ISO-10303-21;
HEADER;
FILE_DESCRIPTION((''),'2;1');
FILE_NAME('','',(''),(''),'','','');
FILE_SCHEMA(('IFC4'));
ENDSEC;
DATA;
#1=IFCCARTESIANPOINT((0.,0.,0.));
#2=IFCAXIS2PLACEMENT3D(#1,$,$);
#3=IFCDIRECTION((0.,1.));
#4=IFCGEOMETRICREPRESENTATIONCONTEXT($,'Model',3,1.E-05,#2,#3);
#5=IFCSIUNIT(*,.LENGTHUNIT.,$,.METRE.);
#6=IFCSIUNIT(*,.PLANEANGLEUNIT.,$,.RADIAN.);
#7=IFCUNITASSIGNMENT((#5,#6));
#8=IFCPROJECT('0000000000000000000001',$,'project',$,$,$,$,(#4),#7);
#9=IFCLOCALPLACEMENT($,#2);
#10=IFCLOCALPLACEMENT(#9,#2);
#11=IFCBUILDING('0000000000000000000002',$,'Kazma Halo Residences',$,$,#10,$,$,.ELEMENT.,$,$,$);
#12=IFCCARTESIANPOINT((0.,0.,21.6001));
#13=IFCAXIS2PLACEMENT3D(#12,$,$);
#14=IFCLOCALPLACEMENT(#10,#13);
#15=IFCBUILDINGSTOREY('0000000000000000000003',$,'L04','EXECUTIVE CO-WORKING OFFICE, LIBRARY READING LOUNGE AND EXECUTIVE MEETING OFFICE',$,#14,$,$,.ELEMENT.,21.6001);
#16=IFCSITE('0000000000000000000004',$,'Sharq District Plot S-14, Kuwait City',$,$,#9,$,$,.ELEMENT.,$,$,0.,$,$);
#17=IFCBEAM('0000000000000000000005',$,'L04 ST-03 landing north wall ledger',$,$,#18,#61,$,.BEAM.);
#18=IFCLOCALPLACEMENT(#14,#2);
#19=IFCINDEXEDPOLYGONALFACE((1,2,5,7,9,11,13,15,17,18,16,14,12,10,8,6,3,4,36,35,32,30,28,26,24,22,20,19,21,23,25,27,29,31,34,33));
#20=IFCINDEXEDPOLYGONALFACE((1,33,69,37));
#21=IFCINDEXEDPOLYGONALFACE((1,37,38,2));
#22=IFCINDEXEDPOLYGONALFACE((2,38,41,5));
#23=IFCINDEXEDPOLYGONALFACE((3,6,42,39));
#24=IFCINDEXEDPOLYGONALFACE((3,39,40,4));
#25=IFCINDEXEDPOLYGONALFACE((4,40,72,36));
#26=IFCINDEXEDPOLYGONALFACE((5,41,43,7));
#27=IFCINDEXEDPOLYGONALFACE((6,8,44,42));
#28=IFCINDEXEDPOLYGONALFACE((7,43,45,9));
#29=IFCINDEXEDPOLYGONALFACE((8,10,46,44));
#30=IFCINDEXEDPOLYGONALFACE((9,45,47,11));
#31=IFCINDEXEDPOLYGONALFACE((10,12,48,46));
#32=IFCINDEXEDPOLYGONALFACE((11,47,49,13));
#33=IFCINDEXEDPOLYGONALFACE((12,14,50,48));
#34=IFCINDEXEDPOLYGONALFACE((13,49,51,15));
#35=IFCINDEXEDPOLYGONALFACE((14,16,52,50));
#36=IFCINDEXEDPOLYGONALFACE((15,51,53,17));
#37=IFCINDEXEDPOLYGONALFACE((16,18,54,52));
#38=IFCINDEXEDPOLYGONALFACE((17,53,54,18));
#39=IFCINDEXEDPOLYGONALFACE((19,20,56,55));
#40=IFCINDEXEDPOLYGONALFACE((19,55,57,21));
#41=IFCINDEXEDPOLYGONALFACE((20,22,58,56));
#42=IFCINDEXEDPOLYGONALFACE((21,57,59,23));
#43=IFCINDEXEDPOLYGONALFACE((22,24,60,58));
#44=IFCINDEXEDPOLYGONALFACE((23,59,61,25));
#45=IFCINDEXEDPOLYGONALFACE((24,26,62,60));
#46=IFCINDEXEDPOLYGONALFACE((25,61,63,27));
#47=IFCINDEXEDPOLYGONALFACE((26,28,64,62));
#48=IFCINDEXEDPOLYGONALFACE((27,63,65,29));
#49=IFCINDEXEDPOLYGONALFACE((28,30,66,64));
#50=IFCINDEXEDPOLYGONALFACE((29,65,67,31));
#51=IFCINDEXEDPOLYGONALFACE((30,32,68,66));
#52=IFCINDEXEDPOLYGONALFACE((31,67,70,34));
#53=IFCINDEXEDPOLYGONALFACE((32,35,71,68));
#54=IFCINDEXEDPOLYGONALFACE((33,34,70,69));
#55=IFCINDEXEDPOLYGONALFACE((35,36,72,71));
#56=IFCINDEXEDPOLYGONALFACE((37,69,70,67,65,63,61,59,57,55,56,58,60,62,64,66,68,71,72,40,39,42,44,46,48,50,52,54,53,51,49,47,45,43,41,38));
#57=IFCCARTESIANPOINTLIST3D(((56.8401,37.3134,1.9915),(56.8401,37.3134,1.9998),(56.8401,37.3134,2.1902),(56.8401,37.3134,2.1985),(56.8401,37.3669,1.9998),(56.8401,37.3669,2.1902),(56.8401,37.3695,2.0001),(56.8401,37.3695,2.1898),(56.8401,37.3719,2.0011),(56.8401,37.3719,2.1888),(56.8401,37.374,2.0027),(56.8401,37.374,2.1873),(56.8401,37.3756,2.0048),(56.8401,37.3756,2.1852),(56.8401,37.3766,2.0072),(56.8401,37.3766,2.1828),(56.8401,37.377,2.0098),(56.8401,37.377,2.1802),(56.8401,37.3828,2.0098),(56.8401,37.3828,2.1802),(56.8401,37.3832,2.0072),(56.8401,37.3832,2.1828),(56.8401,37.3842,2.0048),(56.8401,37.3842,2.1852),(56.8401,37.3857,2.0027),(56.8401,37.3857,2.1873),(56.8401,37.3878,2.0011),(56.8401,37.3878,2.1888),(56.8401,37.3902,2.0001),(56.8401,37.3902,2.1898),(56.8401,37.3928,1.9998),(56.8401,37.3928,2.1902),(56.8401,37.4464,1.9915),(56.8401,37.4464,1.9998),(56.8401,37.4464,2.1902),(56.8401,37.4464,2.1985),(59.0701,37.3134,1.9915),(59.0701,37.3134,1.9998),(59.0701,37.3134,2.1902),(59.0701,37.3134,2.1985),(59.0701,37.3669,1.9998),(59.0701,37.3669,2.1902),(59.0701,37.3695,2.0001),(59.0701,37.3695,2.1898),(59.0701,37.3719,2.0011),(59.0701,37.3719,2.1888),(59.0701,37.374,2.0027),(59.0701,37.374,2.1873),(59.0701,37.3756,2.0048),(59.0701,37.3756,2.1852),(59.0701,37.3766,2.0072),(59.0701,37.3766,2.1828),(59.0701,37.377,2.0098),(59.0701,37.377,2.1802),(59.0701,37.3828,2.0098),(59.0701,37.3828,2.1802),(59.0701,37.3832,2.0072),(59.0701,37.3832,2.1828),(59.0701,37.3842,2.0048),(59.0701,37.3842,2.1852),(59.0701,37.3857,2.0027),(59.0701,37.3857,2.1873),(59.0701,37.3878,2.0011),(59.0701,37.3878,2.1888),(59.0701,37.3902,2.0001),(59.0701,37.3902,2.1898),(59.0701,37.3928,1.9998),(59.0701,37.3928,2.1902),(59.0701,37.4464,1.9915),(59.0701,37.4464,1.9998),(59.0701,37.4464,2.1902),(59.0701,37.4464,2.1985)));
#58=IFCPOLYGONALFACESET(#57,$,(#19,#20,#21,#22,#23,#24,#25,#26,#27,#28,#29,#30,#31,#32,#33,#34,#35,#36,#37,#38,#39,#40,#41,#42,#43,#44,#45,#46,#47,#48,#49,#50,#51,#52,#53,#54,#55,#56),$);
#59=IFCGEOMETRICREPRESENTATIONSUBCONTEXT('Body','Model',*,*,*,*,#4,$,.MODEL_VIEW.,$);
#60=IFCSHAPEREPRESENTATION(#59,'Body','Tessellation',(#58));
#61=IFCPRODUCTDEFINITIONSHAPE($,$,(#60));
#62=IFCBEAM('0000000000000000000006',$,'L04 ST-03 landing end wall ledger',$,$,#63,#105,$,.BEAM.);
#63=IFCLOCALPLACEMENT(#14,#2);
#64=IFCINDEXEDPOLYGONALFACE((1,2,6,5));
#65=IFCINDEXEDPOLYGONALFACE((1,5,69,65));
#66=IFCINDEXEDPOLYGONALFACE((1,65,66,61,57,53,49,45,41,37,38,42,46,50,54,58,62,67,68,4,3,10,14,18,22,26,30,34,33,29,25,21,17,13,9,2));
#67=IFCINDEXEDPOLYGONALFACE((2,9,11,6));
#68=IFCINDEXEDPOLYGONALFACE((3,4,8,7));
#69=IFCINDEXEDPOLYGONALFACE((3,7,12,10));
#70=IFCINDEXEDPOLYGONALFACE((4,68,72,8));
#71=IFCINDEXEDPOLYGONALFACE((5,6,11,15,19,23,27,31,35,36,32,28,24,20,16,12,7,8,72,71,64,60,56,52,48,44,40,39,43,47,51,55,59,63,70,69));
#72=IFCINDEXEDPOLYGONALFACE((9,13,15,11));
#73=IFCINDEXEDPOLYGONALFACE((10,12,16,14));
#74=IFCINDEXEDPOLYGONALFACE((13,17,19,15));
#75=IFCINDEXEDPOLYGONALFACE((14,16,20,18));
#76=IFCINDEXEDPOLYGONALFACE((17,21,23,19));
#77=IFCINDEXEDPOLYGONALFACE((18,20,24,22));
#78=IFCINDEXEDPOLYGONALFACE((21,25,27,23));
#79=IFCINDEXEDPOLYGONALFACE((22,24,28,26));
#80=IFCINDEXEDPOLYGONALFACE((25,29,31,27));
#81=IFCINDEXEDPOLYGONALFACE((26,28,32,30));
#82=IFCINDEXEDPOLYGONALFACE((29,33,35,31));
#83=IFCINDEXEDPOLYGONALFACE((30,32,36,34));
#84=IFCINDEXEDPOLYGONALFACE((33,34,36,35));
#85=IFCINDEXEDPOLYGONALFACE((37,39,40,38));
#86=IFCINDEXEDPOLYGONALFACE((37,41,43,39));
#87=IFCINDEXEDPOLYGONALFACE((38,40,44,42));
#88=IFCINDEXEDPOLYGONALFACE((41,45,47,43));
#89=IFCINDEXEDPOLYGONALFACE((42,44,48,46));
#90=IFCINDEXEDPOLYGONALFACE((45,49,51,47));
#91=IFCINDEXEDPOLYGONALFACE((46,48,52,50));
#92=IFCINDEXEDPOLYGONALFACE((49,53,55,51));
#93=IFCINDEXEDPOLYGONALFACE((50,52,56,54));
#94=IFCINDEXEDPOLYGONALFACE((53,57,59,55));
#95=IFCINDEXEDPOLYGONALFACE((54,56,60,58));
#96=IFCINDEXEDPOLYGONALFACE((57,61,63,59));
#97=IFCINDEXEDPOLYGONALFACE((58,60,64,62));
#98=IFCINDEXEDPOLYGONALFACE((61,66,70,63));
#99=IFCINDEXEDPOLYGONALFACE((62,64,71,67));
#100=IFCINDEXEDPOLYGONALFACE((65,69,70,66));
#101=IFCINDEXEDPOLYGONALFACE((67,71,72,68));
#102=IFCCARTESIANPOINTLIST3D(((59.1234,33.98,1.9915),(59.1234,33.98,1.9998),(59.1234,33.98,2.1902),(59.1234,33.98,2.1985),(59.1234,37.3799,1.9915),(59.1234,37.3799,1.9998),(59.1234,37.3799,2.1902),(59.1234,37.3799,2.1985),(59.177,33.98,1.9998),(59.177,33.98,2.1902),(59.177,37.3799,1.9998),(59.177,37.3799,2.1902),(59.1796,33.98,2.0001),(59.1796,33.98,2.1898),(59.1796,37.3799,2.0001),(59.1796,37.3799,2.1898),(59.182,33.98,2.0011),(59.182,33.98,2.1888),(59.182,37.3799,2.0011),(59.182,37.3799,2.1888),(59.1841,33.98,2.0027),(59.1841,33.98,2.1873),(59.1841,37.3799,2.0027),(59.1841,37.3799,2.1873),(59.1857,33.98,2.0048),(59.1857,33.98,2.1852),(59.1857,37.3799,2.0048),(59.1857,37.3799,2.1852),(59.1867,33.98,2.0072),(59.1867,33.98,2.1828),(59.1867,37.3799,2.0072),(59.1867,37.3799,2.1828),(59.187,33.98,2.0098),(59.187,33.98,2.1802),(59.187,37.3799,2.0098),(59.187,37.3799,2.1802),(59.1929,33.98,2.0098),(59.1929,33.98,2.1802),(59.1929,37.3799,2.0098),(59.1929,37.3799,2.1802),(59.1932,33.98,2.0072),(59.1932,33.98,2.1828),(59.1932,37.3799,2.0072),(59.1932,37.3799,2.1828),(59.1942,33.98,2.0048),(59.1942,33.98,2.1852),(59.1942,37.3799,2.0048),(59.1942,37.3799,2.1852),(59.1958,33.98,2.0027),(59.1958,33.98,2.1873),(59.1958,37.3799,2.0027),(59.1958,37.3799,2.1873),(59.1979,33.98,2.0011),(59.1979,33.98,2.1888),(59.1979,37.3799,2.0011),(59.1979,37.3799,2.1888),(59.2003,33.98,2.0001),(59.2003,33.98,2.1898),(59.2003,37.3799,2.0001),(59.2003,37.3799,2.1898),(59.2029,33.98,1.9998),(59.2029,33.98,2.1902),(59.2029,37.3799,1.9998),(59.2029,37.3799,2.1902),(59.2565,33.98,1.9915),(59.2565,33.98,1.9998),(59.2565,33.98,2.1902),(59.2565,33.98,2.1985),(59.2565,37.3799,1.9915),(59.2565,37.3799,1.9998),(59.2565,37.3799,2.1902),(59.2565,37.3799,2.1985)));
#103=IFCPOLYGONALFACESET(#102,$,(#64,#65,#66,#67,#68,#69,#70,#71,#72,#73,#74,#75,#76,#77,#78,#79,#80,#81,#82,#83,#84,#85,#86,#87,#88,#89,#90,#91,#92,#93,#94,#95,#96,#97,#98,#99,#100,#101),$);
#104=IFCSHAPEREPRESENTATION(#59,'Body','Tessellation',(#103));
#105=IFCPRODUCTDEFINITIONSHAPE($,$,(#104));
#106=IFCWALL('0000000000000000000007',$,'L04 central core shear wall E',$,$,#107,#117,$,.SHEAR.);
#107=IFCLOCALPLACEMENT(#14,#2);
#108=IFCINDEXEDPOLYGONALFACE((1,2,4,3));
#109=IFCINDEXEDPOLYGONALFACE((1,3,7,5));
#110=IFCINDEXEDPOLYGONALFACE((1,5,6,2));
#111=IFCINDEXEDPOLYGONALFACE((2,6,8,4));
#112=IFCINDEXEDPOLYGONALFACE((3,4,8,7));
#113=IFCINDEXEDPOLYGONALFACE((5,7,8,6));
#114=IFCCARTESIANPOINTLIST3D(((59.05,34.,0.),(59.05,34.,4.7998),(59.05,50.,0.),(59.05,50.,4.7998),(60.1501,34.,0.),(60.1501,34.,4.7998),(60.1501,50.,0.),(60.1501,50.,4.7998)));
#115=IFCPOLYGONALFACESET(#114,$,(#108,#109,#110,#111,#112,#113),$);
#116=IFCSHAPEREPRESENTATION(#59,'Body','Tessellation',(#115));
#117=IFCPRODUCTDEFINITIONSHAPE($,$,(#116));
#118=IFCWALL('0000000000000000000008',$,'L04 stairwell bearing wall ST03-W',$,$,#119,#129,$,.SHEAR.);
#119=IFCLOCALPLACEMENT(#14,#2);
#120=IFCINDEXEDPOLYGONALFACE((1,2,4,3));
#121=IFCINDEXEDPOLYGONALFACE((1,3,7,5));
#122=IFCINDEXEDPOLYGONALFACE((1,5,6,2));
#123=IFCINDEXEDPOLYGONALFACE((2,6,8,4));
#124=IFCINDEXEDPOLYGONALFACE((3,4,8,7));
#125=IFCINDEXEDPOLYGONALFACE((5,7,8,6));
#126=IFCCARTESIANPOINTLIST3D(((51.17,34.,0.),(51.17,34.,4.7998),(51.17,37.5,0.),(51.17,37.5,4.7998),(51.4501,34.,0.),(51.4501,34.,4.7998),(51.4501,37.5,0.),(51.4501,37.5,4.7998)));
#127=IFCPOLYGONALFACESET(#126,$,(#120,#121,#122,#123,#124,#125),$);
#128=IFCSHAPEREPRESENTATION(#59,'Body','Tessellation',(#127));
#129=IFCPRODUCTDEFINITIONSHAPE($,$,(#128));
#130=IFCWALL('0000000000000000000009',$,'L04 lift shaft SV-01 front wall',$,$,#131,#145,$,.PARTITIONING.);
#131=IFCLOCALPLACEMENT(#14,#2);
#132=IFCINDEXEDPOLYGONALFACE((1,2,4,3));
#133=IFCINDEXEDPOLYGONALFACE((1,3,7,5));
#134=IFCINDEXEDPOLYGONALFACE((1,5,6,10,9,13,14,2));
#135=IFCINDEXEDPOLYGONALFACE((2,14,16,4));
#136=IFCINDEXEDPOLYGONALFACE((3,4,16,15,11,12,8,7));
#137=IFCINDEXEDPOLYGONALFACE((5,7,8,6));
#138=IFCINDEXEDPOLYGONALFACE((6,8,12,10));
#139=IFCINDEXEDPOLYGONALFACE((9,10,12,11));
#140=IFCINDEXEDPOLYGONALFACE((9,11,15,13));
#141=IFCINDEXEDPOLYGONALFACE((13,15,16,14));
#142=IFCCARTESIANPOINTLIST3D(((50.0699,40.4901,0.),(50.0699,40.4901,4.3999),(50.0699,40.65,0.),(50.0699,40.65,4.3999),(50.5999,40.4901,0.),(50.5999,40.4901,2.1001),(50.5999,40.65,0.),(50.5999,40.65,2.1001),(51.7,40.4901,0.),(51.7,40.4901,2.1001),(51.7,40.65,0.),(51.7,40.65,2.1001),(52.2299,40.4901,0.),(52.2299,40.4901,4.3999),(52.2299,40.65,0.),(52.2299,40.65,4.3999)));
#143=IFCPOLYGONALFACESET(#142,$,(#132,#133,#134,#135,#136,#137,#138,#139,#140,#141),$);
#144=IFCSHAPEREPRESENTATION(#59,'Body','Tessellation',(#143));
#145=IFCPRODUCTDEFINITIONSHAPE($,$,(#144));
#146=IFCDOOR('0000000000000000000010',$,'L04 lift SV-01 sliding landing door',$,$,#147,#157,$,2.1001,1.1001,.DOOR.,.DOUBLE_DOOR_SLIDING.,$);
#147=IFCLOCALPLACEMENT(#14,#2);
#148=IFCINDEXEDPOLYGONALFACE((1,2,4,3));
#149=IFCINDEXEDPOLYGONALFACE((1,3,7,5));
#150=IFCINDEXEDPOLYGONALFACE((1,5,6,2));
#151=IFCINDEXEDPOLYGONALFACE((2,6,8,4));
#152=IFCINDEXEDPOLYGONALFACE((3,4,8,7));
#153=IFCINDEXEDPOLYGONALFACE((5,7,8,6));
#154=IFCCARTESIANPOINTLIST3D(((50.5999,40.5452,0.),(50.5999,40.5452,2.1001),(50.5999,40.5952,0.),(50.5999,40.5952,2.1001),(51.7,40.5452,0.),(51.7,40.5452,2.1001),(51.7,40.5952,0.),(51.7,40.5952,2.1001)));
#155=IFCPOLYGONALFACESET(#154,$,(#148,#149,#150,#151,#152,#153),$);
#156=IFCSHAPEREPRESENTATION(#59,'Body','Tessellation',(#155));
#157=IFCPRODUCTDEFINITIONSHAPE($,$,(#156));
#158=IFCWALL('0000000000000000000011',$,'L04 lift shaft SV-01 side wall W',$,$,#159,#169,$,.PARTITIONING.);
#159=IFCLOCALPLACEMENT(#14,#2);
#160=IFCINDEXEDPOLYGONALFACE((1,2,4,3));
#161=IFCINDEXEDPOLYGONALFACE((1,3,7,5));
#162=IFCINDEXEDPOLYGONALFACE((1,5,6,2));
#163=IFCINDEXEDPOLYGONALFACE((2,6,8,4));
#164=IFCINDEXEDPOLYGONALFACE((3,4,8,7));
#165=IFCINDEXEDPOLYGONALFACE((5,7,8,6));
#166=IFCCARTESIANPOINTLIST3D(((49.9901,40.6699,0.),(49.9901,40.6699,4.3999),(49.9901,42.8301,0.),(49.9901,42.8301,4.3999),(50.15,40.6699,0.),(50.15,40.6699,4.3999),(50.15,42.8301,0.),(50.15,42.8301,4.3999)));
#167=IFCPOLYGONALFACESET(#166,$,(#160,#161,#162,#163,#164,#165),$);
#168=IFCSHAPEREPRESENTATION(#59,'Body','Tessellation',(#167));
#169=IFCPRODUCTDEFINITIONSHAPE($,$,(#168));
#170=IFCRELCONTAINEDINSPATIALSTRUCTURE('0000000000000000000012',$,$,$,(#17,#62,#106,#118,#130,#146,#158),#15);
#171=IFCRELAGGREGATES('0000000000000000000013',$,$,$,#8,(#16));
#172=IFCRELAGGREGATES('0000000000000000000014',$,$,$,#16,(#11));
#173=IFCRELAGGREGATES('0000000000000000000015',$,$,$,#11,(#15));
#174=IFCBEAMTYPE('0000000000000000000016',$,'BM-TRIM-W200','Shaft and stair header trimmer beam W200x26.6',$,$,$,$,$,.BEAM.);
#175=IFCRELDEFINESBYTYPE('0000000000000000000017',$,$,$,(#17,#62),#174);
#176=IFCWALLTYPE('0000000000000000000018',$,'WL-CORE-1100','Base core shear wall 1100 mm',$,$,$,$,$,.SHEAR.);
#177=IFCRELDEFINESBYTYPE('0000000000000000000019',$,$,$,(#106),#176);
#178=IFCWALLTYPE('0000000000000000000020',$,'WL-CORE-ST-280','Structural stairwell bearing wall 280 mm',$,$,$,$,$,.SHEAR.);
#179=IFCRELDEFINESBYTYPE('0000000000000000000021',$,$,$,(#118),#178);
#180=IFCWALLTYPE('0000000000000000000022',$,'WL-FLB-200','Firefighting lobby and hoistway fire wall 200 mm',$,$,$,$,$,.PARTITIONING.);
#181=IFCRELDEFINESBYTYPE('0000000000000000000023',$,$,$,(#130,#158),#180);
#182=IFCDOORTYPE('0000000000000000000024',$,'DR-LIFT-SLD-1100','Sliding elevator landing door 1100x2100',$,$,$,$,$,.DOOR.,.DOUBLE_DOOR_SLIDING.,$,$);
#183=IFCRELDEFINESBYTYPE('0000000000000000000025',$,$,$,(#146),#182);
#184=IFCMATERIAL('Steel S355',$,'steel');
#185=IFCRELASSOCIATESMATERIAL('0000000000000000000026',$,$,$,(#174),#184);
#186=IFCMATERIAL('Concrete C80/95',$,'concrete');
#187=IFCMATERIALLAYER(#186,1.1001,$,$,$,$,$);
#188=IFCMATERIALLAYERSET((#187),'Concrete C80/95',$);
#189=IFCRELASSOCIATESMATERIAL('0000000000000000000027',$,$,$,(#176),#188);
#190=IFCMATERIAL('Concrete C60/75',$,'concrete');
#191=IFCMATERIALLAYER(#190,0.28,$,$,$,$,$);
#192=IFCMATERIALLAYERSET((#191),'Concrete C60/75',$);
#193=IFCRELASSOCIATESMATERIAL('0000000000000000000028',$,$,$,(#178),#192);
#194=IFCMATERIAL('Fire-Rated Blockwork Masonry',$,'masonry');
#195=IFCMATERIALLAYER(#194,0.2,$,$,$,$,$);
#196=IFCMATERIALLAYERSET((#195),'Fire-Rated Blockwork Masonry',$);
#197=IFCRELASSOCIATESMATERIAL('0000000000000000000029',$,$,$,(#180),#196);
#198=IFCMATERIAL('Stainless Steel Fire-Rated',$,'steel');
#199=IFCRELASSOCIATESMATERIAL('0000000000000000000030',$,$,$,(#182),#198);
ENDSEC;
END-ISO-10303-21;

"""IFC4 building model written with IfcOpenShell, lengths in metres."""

from ifc_helpers import new_model, si_unit, direction, frame, frame_2d, origin, origin_2d, place, context, subcontext, project, spatial, rectangle, i_section, extrude, material, layer, layer_set, material_profile, profile_set, type_object, element, fill, save


model = new_model("IFC4")

# Units and contexts
model_context = context("Model", 3, precision=1e-05, world=origin(), true_north=direction((0.0, 1.0)))
body_context = subcontext(model_context, "Body", "Model", "MODEL_VIEW")
ifc_project = project(units=[si_unit("LENGTHUNIT", "METRE"), si_unit("PLANEANGLEUNIT", "RADIAN")], contexts=[model_context])

# Site, building, storey
site_placement = place(None, origin())
site = spatial("IfcSite", under=ifc_project, at=site_placement, Name="Sharq District Plot S-14, Kuwait City", CompositionType="ELEMENT", RefElevation=0.0)
building_placement = place(site_placement, origin())
building = spatial("IfcBuilding", under=site, at=building_placement, Name="Kazma Halo Residences", CompositionType="ELEMENT")
storey_placement = place(building_placement, frame((0.0, 0.0, 21.6001)))
storey = spatial("IfcBuildingStorey", under=building, at=storey_placement, Name="L04", Description="EXECUTIVE CO-WORKING OFFICE, LIBRARY READING LOUNGE AND EXECUTIVE MEETING OFFICE", CompositionType="ELEMENT", Elevation=21.6001)

# Shared definitions
ifc_material_1 = material(Name="Steel S355", Category="steel")

# Beams
ifc_material_profile_1 = material_profile(ifc_material_1, i_section(OverallWidth=0.1331, OverallDepth=0.207, WebThickness=0.0059, FlangeThickness=0.0083, FilletRadius=0.01, at=origin_2d()), Name="W200x26.6")
ifc_profile_set_1 = profile_set([ifc_material_profile_1], Name="Steel S355")
beam_type_1 = type_object("IfcBeamType", Name="BM-TRIM-W200", Description="Shaft and stair header trimmer beam W200x26.6", PredefinedType="BEAM", material=ifc_profile_set_1)
beam_1_placement = place(storey_placement, frame((56.8401, 37.3799, 2.095), z_axis=(1.0, 0.0, 0.0), x_axis=(0.0, 1.0, 0.0)))
element("IfcBeam", 1, at=beam_1_placement, inside=storey, type_object=beam_type_1, Name="L04 ST-03 landing north wall ledger", PredefinedType="BEAM", context=body_context, shape_type="SweptSolid", body=[
    extrude(i_section(OverallWidth=0.1331, OverallDepth=0.207, WebThickness=0.0059, FlangeThickness=0.0083, FilletRadius=0.01, at=origin_2d()), origin(), (0.0, 0.0, 1.0), 2.23),
])
beam_2_placement = place(storey_placement, frame((59.1899, 33.98, 2.095), z_axis=(0.0, 1.0, 0.0), x_axis=(-1.0, 0.0, 0.0)))
element("IfcBeam", 2, at=beam_2_placement, inside=storey, type_object=beam_type_1, Name="L04 ST-03 landing end wall ledger", PredefinedType="BEAM", context=body_context, shape_type="SweptSolid", body=[
    extrude(i_section(OverallWidth=0.1331, OverallDepth=0.207, WebThickness=0.0059, FlangeThickness=0.0083, FilletRadius=0.01, at=origin_2d()), origin(), (0.0, 0.0, 1.0), 3.3999),
])

# Walls
ifc_material_2 = material(Name="Concrete C80/95", Category="concrete")
ifc_layer_1 = layer(ifc_material_2, 1.1001)
ifc_layer_set_1 = layer_set([ifc_layer_1], Name="Concrete C80/95")
wall_type_1 = type_object("IfcWallType", Name="WL-CORE-1100", Description="Base core shear wall 1100 mm", PredefinedType="SHEAR", material=ifc_layer_set_1)
wall_1_placement = place(storey_placement, frame((59.6001, 34.0, 0.0), z_axis=(0.0, 0.0, 1.0), x_axis=(0.0, 1.0, 0.0)))
element("IfcWall", 3, at=wall_1_placement, inside=storey, type_object=wall_type_1, Name="L04 central core shear wall E", PredefinedType="SHEAR", context=body_context, shape_type="SweptSolid", body=[
    extrude(rectangle(XDim=16.0, YDim=1.1001, at=frame_2d((8.0, 0.0))), origin(), (0.0, 0.0, 1.0), 4.7998),
])
ifc_material_3 = material(Name="Concrete C60/75", Category="concrete")
ifc_layer_2 = layer(ifc_material_3, 0.28)
ifc_layer_set_2 = layer_set([ifc_layer_2], Name="Concrete C60/75")
wall_type_2 = type_object("IfcWallType", Name="WL-CORE-ST-280", Description="Structural stairwell bearing wall 280 mm", PredefinedType="SHEAR", material=ifc_layer_set_2)
wall_2_placement = place(storey_placement, frame((51.3101, 34.0, 0.0), z_axis=(0.0, 0.0, 1.0), x_axis=(0.0, 1.0, 0.0)))
element("IfcWall", 4, at=wall_2_placement, inside=storey, type_object=wall_type_2, Name="L04 stairwell bearing wall ST03-W", PredefinedType="SHEAR", context=body_context, shape_type="SweptSolid", body=[
    extrude(rectangle(XDim=3.5, YDim=0.28, at=frame_2d((1.75, 0.0))), origin(), (0.0, 0.0, 1.0), 4.7998),
])

# Wall, opening, door
ifc_material_4 = material(Name="Fire-Rated Blockwork Masonry", Category="masonry")
ifc_layer_3 = layer(ifc_material_4, 0.2)
ifc_layer_set_3 = layer_set([ifc_layer_3], Name="Fire-Rated Blockwork Masonry")
wall_type_3 = type_object("IfcWallType", Name="WL-FLB-200", Description="Firefighting lobby and hoistway fire wall 200 mm", PredefinedType="PARTITIONING", material=ifc_layer_set_3)
wall_3_placement = place(storey_placement, frame((52.23, 40.5701, 0.0), z_axis=(0.0, 0.0, 1.0), x_axis=(-1.0, 0.0, 0.0)))
wall_3 = element("IfcWall", 5, at=wall_3_placement, inside=storey, type_object=wall_type_3, Name="L04 lift shaft SV-01 front wall", PredefinedType="PARTITIONING", context=body_context, shape_type="SweptSolid", body=[
    extrude(rectangle(XDim=2.1599, YDim=0.1599, at=frame_2d((1.0801, 0.0))), origin(), (0.0, 0.0, 1.0), 4.3999),
])
opening_1_placement = place(wall_3_placement, frame((0.53, 0.0, 0.0)))
opening_1 = element("IfcOpeningElement", 6, at=opening_1_placement, cuts=wall_3, PredefinedType="OPENING", context=body_context, shape_type="SweptSolid", body=[
    extrude(rectangle(XDim=1.1001, YDim=2.1001, at=frame_2d((0.55, 1.05))), frame((0.0, 0.0898, 0.0), z_axis=(0.0, -1.0, 0.0), x_axis=(1.0, 0.0, 0.0)), (0.0, 0.0, 1.0), 0.1799),
])
ifc_material_5 = material(Name="Stainless Steel Fire-Rated", Category="steel")
door_type_1 = type_object("IfcDoorType", Name="DR-LIFT-SLD-1100", Description="Sliding elevator landing door 1100x2100", OperationType="DOUBLE_DOOR_SLIDING", PredefinedType="DOOR", material=ifc_material_5)
door_1_placement = place(opening_1_placement, origin())
door_1 = element("IfcDoor", 7, at=door_1_placement, inside=storey, type_object=door_type_1, Name="L04 lift SV-01 sliding landing door", OperationType="DOUBLE_DOOR_SLIDING", OverallHeight=2.1001, OverallWidth=1.1001, PredefinedType="DOOR", context=body_context, shape_type="SweptSolid", body=[
    extrude(rectangle(XDim=1.1001, YDim=2.1001, at=frame_2d((0.55, 1.05))), frame((0.0, 0.0249, 0.0), z_axis=(0.0, -1.0, 0.0), x_axis=(1.0, 0.0, 0.0)), (0.0, 0.0, 1.0), 0.05),
])
fill(opening_1, door_1)

# Wall
wall_4_placement = place(storey_placement, frame((50.0701, 40.6699, 0.0), z_axis=(0.0, 0.0, 1.0), x_axis=(0.0, 1.0, 0.0)))
element("IfcWall", 8, at=wall_4_placement, inside=storey, type_object=wall_type_3, Name="L04 lift shaft SV-01 side wall W", PredefinedType="PARTITIONING", context=body_context, shape_type="SweptSolid", body=[
    extrude(rectangle(XDim=2.1602, YDim=0.1599, at=frame_2d((1.0801, 0.0))), origin(), (0.0, 0.0, 1.0), 4.3999),
])

save(model, "model.ifc")
